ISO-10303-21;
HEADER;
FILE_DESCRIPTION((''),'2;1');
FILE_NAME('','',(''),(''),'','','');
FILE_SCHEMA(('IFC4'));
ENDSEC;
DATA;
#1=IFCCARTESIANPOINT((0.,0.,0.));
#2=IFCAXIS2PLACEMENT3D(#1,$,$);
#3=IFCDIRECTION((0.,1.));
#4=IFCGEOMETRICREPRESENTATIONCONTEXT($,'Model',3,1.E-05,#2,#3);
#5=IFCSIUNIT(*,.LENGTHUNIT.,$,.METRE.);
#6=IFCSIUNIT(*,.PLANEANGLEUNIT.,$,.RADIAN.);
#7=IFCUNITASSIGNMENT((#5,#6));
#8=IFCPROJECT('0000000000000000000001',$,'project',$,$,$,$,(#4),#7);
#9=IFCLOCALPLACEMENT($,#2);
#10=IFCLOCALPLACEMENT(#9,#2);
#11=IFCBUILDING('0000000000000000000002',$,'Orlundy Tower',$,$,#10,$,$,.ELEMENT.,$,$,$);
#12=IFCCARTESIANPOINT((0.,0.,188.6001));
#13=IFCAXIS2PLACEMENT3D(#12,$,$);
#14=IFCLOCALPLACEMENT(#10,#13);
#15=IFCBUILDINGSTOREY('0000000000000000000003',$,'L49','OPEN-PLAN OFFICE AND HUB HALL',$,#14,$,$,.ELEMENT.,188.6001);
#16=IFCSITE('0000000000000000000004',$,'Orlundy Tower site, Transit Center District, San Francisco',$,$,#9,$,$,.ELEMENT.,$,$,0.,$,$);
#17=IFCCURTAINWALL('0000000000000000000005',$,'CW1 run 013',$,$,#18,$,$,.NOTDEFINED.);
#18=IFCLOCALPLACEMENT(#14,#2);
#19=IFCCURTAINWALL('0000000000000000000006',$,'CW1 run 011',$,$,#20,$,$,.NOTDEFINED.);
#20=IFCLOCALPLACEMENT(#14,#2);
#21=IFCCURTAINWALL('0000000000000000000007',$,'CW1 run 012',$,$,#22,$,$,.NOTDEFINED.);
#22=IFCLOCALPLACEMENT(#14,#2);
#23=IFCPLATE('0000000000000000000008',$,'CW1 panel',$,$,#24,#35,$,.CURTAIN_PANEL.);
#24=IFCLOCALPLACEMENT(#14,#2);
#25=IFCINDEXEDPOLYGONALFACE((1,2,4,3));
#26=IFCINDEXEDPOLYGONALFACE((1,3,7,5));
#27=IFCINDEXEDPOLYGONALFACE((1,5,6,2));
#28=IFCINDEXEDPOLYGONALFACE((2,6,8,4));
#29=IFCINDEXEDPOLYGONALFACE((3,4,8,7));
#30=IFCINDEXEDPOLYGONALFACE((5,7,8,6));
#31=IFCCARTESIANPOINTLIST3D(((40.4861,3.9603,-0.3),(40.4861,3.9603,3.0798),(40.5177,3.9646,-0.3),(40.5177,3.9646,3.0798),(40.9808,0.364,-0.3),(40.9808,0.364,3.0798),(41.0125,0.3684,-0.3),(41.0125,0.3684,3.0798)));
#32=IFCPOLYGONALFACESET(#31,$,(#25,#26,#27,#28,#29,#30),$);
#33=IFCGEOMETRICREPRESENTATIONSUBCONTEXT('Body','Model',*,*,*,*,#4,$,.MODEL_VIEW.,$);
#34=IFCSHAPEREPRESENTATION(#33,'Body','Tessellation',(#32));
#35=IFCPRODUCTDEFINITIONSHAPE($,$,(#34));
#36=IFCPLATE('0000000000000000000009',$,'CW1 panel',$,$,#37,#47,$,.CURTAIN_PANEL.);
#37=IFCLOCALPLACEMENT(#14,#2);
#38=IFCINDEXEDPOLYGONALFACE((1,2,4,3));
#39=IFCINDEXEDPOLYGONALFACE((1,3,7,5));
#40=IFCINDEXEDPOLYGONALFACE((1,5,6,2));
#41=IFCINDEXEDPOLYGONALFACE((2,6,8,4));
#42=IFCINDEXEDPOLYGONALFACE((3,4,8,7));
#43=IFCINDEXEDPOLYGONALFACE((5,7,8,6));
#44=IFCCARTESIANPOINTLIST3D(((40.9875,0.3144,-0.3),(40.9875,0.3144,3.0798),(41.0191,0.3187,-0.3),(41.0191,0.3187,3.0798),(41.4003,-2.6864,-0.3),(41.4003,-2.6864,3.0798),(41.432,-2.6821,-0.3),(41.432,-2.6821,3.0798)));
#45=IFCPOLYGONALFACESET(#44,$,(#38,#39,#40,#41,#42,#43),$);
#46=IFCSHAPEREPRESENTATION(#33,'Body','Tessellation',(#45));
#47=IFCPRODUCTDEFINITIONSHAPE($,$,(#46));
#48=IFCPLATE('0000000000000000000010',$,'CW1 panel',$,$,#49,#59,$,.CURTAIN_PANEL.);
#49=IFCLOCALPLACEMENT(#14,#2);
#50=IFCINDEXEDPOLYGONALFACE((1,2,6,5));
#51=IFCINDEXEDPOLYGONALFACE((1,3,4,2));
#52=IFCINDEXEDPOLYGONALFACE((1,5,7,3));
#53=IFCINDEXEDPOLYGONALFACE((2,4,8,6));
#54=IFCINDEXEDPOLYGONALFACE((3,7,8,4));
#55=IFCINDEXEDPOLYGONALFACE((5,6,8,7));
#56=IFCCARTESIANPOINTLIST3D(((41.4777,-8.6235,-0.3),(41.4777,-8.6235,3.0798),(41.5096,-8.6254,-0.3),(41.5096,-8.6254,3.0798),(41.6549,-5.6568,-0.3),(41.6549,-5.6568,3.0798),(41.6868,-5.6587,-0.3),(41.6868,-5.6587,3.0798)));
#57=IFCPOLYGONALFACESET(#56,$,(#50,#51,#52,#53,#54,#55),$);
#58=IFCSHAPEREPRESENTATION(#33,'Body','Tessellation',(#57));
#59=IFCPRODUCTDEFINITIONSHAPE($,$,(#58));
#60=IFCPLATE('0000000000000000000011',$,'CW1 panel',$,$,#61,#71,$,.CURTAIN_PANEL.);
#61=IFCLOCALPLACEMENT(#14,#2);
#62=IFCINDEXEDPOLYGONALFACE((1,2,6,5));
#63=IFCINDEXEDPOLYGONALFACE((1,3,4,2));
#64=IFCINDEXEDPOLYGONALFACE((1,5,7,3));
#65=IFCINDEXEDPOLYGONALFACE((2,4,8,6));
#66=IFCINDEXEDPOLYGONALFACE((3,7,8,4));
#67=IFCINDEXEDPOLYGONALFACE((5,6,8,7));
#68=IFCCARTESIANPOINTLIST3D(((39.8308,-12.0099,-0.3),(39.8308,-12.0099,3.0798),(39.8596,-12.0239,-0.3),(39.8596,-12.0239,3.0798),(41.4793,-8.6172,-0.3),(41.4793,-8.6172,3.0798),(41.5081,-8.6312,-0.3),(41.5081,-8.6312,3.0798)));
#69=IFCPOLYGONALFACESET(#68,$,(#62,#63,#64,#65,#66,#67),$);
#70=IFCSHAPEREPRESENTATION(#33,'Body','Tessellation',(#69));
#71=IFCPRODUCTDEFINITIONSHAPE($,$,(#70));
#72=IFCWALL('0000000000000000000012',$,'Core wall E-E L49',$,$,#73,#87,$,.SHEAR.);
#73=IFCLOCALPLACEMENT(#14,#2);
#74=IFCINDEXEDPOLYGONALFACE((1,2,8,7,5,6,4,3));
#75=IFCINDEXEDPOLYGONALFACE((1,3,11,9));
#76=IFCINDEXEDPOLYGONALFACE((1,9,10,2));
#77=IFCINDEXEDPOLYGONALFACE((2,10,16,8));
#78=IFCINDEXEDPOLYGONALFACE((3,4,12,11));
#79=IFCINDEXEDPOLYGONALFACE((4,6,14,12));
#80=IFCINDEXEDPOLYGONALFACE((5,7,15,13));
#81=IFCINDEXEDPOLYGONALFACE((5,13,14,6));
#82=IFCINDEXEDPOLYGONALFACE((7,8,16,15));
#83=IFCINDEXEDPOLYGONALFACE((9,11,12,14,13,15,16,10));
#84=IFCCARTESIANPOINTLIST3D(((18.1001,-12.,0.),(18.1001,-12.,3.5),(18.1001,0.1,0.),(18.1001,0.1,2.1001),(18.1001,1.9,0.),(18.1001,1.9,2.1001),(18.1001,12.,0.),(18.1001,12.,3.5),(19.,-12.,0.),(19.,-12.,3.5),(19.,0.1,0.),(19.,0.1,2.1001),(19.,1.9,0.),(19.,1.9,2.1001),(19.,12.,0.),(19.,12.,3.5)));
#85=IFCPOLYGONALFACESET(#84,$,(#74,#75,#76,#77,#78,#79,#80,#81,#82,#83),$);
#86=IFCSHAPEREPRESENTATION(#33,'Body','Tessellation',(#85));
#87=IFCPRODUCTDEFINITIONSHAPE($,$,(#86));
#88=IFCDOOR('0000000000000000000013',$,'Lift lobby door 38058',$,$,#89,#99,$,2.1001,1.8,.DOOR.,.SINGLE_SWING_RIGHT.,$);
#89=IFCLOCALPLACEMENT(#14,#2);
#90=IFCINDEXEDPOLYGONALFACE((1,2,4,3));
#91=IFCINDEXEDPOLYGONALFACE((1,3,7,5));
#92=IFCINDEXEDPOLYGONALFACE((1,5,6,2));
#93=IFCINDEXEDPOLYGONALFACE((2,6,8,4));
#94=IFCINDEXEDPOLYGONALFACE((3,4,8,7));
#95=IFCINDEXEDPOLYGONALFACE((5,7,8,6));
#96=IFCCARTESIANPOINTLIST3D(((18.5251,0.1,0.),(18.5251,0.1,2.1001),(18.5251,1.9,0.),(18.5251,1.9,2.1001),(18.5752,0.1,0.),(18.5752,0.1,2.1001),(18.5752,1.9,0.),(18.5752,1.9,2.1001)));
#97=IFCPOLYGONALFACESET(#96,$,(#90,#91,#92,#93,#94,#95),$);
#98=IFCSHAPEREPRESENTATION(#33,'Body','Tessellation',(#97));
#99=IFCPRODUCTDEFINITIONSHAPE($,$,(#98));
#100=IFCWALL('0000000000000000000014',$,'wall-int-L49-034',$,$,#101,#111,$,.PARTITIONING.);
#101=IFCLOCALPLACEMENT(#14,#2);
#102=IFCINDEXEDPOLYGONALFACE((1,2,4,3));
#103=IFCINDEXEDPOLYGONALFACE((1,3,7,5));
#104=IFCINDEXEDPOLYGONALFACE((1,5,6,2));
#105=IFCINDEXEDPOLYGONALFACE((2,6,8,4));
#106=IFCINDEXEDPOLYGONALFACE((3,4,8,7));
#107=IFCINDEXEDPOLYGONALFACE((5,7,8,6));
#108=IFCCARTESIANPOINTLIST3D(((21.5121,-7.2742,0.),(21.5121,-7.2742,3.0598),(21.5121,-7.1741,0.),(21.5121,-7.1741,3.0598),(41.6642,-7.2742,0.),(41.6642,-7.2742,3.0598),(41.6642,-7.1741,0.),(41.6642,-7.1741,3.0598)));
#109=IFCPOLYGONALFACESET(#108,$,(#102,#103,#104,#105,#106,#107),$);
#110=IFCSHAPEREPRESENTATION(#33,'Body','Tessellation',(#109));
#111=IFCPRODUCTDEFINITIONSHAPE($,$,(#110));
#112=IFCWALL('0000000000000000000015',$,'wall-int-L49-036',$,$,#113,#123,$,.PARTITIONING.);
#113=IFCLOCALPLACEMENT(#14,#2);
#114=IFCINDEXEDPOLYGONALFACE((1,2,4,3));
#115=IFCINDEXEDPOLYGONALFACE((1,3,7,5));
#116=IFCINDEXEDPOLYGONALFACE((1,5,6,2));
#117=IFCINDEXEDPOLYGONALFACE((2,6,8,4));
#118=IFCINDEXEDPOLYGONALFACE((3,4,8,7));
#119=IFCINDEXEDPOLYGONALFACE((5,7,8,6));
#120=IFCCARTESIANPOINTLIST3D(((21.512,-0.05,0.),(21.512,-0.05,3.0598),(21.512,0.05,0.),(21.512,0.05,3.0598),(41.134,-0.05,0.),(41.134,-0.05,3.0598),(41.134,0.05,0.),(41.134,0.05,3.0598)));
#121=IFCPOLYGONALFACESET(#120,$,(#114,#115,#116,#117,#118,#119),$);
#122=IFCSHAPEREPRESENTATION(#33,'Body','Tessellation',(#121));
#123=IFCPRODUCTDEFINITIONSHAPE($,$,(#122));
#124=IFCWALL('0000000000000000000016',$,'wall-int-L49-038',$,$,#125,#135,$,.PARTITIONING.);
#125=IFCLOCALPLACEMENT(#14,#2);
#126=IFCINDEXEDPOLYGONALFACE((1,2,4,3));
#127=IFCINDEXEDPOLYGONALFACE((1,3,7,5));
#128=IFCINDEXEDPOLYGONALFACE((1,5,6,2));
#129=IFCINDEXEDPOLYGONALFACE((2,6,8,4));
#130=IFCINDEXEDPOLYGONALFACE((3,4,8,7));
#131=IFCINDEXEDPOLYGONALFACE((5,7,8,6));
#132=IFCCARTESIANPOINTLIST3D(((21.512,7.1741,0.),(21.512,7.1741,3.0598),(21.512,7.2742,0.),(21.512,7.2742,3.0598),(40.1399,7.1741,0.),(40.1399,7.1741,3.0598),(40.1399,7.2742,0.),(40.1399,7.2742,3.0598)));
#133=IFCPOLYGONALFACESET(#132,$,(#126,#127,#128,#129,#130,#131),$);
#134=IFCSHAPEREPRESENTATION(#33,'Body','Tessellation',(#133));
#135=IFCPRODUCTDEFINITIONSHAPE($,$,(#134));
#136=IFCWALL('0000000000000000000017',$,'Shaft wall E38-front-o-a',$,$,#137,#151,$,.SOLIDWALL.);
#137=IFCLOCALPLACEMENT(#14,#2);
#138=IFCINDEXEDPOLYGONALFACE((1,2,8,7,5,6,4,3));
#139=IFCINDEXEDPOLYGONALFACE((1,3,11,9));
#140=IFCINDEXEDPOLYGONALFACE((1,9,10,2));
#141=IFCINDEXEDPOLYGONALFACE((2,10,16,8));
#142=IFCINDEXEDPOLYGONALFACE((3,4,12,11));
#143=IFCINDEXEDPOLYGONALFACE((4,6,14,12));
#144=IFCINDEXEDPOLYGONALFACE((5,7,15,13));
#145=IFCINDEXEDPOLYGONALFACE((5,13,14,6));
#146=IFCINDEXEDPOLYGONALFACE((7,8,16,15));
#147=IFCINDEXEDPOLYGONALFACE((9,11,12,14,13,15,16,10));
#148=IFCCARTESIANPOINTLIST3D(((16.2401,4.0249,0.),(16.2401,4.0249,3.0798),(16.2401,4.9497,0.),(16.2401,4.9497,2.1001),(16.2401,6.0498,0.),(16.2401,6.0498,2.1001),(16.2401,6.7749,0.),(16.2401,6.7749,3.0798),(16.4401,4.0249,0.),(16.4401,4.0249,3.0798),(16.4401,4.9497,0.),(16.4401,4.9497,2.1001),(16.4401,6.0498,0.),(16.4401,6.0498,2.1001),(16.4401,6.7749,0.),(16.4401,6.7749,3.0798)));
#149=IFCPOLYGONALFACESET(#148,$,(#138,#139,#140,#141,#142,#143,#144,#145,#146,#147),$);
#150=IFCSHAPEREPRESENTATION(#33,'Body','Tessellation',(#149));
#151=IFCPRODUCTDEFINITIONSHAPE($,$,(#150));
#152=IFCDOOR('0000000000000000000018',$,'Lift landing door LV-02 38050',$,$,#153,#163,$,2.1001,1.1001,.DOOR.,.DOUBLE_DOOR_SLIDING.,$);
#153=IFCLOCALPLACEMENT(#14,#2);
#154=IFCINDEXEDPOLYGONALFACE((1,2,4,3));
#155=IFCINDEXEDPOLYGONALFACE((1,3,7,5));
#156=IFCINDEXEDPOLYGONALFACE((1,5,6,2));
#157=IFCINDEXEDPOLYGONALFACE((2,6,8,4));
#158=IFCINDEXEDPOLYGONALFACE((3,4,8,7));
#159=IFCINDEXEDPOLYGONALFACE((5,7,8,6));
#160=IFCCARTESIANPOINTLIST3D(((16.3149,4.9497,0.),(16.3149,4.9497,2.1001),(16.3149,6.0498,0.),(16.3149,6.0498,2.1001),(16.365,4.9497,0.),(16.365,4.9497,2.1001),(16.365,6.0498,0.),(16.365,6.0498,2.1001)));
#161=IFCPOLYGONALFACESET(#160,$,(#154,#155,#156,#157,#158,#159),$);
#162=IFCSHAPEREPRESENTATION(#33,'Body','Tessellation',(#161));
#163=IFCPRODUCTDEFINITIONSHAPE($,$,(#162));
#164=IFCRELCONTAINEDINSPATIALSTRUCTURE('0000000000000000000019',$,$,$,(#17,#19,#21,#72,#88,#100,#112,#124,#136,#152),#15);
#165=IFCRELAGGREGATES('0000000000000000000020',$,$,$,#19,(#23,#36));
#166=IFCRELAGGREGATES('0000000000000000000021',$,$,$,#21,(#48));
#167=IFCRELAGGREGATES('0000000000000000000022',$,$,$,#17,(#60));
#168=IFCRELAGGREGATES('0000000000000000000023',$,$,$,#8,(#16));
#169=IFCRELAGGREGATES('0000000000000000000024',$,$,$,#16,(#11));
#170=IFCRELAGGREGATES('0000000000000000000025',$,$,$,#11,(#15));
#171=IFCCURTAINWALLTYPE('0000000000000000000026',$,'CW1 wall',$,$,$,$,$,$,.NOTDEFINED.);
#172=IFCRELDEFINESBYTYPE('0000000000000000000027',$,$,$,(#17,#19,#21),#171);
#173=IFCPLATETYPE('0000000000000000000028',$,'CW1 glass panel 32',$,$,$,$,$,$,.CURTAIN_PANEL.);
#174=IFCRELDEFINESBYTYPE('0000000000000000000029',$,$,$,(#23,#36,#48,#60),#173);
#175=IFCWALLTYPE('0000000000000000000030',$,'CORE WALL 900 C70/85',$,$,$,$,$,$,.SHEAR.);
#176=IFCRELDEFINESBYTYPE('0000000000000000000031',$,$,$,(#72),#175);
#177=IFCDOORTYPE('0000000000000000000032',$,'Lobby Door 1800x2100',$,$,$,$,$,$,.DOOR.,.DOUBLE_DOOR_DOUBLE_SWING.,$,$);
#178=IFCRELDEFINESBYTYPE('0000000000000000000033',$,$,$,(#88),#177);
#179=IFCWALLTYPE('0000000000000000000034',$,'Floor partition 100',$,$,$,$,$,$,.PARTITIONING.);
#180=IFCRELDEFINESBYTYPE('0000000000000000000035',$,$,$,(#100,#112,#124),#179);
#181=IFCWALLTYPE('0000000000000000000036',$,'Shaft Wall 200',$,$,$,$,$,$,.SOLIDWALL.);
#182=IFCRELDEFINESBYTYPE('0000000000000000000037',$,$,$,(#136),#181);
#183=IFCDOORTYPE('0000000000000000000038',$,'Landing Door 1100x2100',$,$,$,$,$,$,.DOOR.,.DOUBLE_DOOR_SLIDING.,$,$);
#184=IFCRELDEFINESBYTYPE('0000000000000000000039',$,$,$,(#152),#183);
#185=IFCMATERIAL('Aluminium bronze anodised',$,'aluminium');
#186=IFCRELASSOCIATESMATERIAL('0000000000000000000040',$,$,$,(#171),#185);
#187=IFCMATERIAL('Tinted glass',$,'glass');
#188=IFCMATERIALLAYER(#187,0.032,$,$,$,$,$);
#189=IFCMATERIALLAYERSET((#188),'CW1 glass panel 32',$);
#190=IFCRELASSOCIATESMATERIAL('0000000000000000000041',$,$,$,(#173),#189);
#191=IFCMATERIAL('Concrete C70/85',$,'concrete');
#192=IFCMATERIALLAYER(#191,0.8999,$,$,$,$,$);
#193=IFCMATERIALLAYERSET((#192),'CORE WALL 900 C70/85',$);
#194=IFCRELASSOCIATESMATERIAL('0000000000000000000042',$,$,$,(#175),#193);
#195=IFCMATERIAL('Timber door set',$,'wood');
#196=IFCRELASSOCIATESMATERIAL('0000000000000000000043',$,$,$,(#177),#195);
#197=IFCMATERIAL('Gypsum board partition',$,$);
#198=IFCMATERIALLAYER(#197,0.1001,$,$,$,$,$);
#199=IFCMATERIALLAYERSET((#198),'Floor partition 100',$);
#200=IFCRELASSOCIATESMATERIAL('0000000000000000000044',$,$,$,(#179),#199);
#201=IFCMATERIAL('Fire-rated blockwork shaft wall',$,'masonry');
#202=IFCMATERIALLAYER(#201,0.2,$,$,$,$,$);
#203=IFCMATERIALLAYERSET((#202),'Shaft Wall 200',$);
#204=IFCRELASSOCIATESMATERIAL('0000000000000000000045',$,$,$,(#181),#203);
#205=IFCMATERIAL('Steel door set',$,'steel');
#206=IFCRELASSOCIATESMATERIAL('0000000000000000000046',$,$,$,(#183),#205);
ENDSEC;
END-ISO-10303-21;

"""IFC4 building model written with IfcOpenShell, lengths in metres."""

from ifc_helpers import new_model, si_unit, direction, frame, frame_2d, origin, origin_2d, place, context, subcontext, project, spatial, rectangle, extrude, material, layer, layer_set, type_object, element, fill, aggregate, save


model = new_model("IFC4")

# Units and contexts
model_context = context("Model", 3, precision=1e-05, world=origin(), true_north=direction((0.0, 1.0)))
body_context = subcontext(model_context, "Body", "Model", "MODEL_VIEW")
ifc_project = project(units=[si_unit("LENGTHUNIT", "METRE"), si_unit("PLANEANGLEUNIT", "RADIAN")], contexts=[model_context])

# Site, building, storey
site_placement = place(None, origin())
site = spatial("IfcSite", under=ifc_project, at=site_placement, Name="Orlundy Tower site, Transit Center District, San Francisco", CompositionType="ELEMENT", RefElevation=0.0)
building_placement = place(site_placement, origin())
building = spatial("IfcBuilding", under=site, at=building_placement, Name="Orlundy Tower", CompositionType="ELEMENT")
storey_placement = place(building_placement, frame((0.0, 0.0, 188.6001)))
storey = spatial("IfcBuildingStorey", under=building, at=storey_placement, Name="L49", Description="OPEN-PLAN OFFICE AND HUB HALL", CompositionType="ELEMENT", Elevation=188.6001)

# Curtain wall
ifc_material_1 = material(Name="Aluminium bronze anodised", Category="aluminium")
curtain_wall_type = type_object("IfcCurtainWallType", Name="CW1 wall", PredefinedType="NOTDEFINED", material=ifc_material_1)
curtain_wall_1_placement = place(storey_placement, origin())
curtain_wall_1 = element("IfcCurtainWall", 1, at=curtain_wall_1_placement, inside=storey, type_object=curtain_wall_type, Name="CW1 run 013", PredefinedType="NOTDEFINED")

# Curtain wall
curtain_wall_2_placement = place(storey_placement, origin())
curtain_wall_2 = element("IfcCurtainWall", 2, at=curtain_wall_2_placement, inside=storey, type_object=curtain_wall_type, Name="CW1 run 011", PredefinedType="NOTDEFINED")

# Curtain wall
curtain_wall_3_placement = place(storey_placement, origin())
curtain_wall_3 = element("IfcCurtainWall", 3, at=curtain_wall_3_placement, inside=storey, type_object=curtain_wall_type, Name="CW1 run 012", PredefinedType="NOTDEFINED")

# Plates
ifc_material_2 = material(Name="Tinted glass", Category="glass")
ifc_layer_1 = layer(ifc_material_2, 0.032)
ifc_layer_set_1 = layer_set([ifc_layer_1], Name="CW1 glass panel 32")
plate_type = type_object("IfcPlateType", Name="CW1 glass panel 32", PredefinedType="CURTAIN_PANEL", material=ifc_layer_set_1)
plate_1_placement = place(storey_placement, frame((40.7493, 2.1643, -0.3), z_axis=(0.0, 0.0, 1.0), x_axis=(0.136286, -0.99067, 0.0)))
plate_1 = element("IfcPlate", 4, at=plate_1_placement, type_object=plate_type, Name="CW1 panel", PredefinedType="CURTAIN_PANEL", context=body_context, shape_type="SweptSolid", body=[
    extrude(rectangle(XDim=3.6301, YDim=0.032, at=origin_2d()), origin(), (0.0, 0.0, 1.0), 3.3799),
])
plate_2_placement = place(storey_placement, frame((41.2097, -1.1838, -0.3), z_axis=(0.0, 0.0, 1.0), x_axis=(0.136286, -0.99067, 0.0)))
plate_2 = element("IfcPlate", 5, at=plate_2_placement, type_object=plate_type, Name="CW1 panel", PredefinedType="CURTAIN_PANEL", context=body_context, shape_type="SweptSolid", body=[
    extrude(rectangle(XDim=3.0291, YDim=0.032, at=origin_2d()), origin(), (0.0, 0.0, 1.0), 3.3799),
])
aggregate(curtain_wall_2, [plate_1, plate_2])
plate_3_placement = place(storey_placement, frame((41.5823, -7.1411, -0.3), z_axis=(0.0, 0.0, 1.0), x_axis=(-0.059623, -0.998221, 0.0)))
plate_3 = element("IfcPlate", 6, at=plate_3_placement, type_object=plate_type, Name="CW1 panel", PredefinedType="CURTAIN_PANEL", context=body_context, shape_type="SweptSolid", body=[
    extrude(rectangle(XDim=2.9719, YDim=0.032, at=origin_2d()), origin(), (0.0, 0.0, 1.0), 3.3799),
])
aggregate(curtain_wall_3, [plate_3])
plate_4_placement = place(storey_placement, frame((40.6694, -10.3206, -0.3), z_axis=(0.0, 0.0, 1.0), x_axis=(-0.437041, -0.899442, 0.0)))
plate_4 = element("IfcPlate", 7, at=plate_4_placement, type_object=plate_type, Name="CW1 panel", PredefinedType="CURTAIN_PANEL", context=body_context, shape_type="SweptSolid", body=[
    extrude(rectangle(XDim=3.772, YDim=0.032, at=origin_2d()), origin(), (0.0, 0.0, 1.0), 3.3799),
])
aggregate(curtain_wall_1, [plate_4])

# Wall, opening, door
ifc_material_3 = material(Name="Concrete C70/85", Category="concrete")
ifc_layer_2 = layer(ifc_material_3, 0.8999)
ifc_layer_set_2 = layer_set([ifc_layer_2], Name="CORE WALL 900 C70/85")
wall_type_1 = type_object("IfcWallType", Name="CORE WALL 900 C70/85", PredefinedType="SHEAR", material=ifc_layer_set_2)
wall_1_placement = place(storey_placement, frame((18.55, -12.0, 0.0), z_axis=(0.0, 0.0, 1.0), x_axis=(0.0, 1.0, 0.0)))
wall_1 = element("IfcWall", 8, at=wall_1_placement, inside=storey, type_object=wall_type_1, Name="Core wall E-E L49", PredefinedType="SHEAR", context=body_context, shape_type="SweptSolid", body=[
    extrude(rectangle(XDim=24.0, YDim=0.8999, at=frame_2d((12.0, 0.0))), origin(), (0.0, 0.0, 1.0), 3.5),
])
opening_1_placement = place(wall_1_placement, frame((12.1001, 0.0, 0.0)))
opening_1 = element("IfcOpeningElement", 9, at=opening_1_placement, cuts=wall_1, PredefinedType="OPENING", context=body_context, shape_type="SweptSolid", body=[
    extrude(rectangle(XDim=1.8, YDim=2.1001, at=frame_2d((0.8999, 1.05))), frame((0.0, 0.46, 0.0), z_axis=(0.0, -1.0, 0.0), x_axis=(1.0, 0.0, 0.0)), (0.0, 0.0, 1.0), 0.9199),
])
ifc_material_4 = material(Name="Timber door set", Category="wood")
door_type_1 = type_object("IfcDoorType", Name="Lobby Door 1800x2100", OperationType="DOUBLE_DOOR_DOUBLE_SWING", PredefinedType="DOOR", material=ifc_material_4)
door_1_placement = place(opening_1_placement, origin())
door_1 = element("IfcDoor", 10, at=door_1_placement, inside=storey, type_object=door_type_1, Name="Lift lobby door 38058", OperationType="SINGLE_SWING_RIGHT", OverallHeight=2.1001, OverallWidth=1.8, PredefinedType="DOOR", context=body_context, shape_type="SweptSolid", body=[
    extrude(rectangle(XDim=1.8, YDim=2.1001, at=frame_2d((0.8999, 1.05))), frame((0.0, 0.0249, 0.0), z_axis=(0.0, -1.0, 0.0), x_axis=(1.0, 0.0, 0.0)), (0.0, 0.0, 1.0), 0.05),
])
fill(opening_1, door_1)

# Walls
ifc_material_5 = material(Name="Gypsum board partition")
ifc_layer_3 = layer(ifc_material_5, 0.1001)
ifc_layer_set_3 = layer_set([ifc_layer_3], Name="Floor partition 100")
wall_type_2 = type_object("IfcWallType", Name="Floor partition 100", PredefinedType="PARTITIONING", material=ifc_layer_set_3)
wall_2_placement = place(storey_placement, frame((21.512, -7.2241, 0.0), z_axis=(0.0, 0.0, 1.0), x_axis=(1.0, 0.0, 0.0)))
element("IfcWall", 11, at=wall_2_placement, inside=storey, type_object=wall_type_2, Name="wall-int-L49-034", PredefinedType="PARTITIONING", context=body_context, shape_type="SweptSolid", body=[
    extrude(rectangle(XDim=20.1521, YDim=0.1001, at=frame_2d((10.0762, 0.0))), origin(), (0.0, 0.0, 1.0), 3.0598),
])
wall_3_placement = place(storey_placement, frame((21.512, 0.0, 0.0), z_axis=(0.0, 0.0, 1.0), x_axis=(1.0, 0.0, 0.0)))
element("IfcWall", 12, at=wall_3_placement, inside=storey, type_object=wall_type_2, Name="wall-int-L49-036", PredefinedType="PARTITIONING", context=body_context, shape_type="SweptSolid", body=[
    extrude(rectangle(XDim=19.6221, YDim=0.1001, at=frame_2d((9.811, 0.0))), origin(), (0.0, 0.0, 1.0), 3.0598),
])
wall_4_placement = place(storey_placement, frame((21.512, 7.2241, 0.0), z_axis=(0.0, 0.0, 1.0), x_axis=(1.0, 0.0, 0.0)))
element("IfcWall", 13, at=wall_4_placement, inside=storey, type_object=wall_type_2, Name="wall-int-L49-038", PredefinedType="PARTITIONING", context=body_context, shape_type="SweptSolid", body=[
    extrude(rectangle(XDim=18.6279, YDim=0.1001, at=frame_2d((9.314, 0.0))), origin(), (0.0, 0.0, 1.0), 3.0598),
])

# Wall, opening, door
ifc_material_6 = material(Name="Fire-rated blockwork shaft wall", Category="masonry")
ifc_layer_4 = layer(ifc_material_6, 0.2)
ifc_layer_set_4 = layer_set([ifc_layer_4], Name="Shaft Wall 200")
wall_type_3 = type_object("IfcWallType", Name="Shaft Wall 200", PredefinedType="SOLIDWALL", material=ifc_layer_set_4)
wall_5_placement = place(storey_placement, frame((16.3401, 6.7749, 0.0), z_axis=(0.0, 0.0, 1.0), x_axis=(0.0, -1.0, 0.0)))
wall_5 = element("IfcWall", 14, at=wall_5_placement, inside=storey, type_object=wall_type_3, Name="Shaft wall E38-front-o-a", PredefinedType="SOLIDWALL", context=body_context, shape_type="SweptSolid", body=[
    extrude(rectangle(XDim=2.75, YDim=0.2, at=frame_2d((1.375, 0.0))), origin(), (0.0, 0.0, 1.0), 3.0798),
])
opening_2_placement = place(wall_5_placement, frame((0.7251, 0.0, 0.0)))
opening_2 = element("IfcOpeningElement", 15, at=opening_2_placement, cuts=wall_5, PredefinedType="OPENING", context=body_context, shape_type="SweptSolid", body=[
    extrude(rectangle(XDim=1.1001, YDim=2.1001, at=frame_2d((0.55, 1.05))), frame((0.0, 0.1101, 0.0), z_axis=(0.0, -1.0, 0.0), x_axis=(1.0, 0.0, 0.0)), (0.0, 0.0, 1.0), 0.2202),
])
ifc_material_7 = material(Name="Steel door set", Category="steel")
door_type_2 = type_object("IfcDoorType", Name="Landing Door 1100x2100", OperationType="DOUBLE_DOOR_SLIDING", PredefinedType="DOOR", material=ifc_material_7)
door_2_placement = place(opening_2_placement, origin())
door_2 = element("IfcDoor", 16, at=door_2_placement, inside=storey, type_object=door_type_2, Name="Lift landing door LV-02 38050", OperationType="DOUBLE_DOOR_SLIDING", OverallHeight=2.1001, OverallWidth=1.1001, PredefinedType="DOOR", context=body_context, shape_type="SweptSolid", body=[
    extrude(rectangle(XDim=1.1001, YDim=2.1001, at=frame_2d((0.55, 1.05))), frame((0.0, 0.0249, 0.0), z_axis=(0.0, -1.0, 0.0), x_axis=(1.0, 0.0, 0.0)), (0.0, 0.0, 1.0), 0.05),
])
fill(opening_2, door_2)

save(model, "model.ifc")
